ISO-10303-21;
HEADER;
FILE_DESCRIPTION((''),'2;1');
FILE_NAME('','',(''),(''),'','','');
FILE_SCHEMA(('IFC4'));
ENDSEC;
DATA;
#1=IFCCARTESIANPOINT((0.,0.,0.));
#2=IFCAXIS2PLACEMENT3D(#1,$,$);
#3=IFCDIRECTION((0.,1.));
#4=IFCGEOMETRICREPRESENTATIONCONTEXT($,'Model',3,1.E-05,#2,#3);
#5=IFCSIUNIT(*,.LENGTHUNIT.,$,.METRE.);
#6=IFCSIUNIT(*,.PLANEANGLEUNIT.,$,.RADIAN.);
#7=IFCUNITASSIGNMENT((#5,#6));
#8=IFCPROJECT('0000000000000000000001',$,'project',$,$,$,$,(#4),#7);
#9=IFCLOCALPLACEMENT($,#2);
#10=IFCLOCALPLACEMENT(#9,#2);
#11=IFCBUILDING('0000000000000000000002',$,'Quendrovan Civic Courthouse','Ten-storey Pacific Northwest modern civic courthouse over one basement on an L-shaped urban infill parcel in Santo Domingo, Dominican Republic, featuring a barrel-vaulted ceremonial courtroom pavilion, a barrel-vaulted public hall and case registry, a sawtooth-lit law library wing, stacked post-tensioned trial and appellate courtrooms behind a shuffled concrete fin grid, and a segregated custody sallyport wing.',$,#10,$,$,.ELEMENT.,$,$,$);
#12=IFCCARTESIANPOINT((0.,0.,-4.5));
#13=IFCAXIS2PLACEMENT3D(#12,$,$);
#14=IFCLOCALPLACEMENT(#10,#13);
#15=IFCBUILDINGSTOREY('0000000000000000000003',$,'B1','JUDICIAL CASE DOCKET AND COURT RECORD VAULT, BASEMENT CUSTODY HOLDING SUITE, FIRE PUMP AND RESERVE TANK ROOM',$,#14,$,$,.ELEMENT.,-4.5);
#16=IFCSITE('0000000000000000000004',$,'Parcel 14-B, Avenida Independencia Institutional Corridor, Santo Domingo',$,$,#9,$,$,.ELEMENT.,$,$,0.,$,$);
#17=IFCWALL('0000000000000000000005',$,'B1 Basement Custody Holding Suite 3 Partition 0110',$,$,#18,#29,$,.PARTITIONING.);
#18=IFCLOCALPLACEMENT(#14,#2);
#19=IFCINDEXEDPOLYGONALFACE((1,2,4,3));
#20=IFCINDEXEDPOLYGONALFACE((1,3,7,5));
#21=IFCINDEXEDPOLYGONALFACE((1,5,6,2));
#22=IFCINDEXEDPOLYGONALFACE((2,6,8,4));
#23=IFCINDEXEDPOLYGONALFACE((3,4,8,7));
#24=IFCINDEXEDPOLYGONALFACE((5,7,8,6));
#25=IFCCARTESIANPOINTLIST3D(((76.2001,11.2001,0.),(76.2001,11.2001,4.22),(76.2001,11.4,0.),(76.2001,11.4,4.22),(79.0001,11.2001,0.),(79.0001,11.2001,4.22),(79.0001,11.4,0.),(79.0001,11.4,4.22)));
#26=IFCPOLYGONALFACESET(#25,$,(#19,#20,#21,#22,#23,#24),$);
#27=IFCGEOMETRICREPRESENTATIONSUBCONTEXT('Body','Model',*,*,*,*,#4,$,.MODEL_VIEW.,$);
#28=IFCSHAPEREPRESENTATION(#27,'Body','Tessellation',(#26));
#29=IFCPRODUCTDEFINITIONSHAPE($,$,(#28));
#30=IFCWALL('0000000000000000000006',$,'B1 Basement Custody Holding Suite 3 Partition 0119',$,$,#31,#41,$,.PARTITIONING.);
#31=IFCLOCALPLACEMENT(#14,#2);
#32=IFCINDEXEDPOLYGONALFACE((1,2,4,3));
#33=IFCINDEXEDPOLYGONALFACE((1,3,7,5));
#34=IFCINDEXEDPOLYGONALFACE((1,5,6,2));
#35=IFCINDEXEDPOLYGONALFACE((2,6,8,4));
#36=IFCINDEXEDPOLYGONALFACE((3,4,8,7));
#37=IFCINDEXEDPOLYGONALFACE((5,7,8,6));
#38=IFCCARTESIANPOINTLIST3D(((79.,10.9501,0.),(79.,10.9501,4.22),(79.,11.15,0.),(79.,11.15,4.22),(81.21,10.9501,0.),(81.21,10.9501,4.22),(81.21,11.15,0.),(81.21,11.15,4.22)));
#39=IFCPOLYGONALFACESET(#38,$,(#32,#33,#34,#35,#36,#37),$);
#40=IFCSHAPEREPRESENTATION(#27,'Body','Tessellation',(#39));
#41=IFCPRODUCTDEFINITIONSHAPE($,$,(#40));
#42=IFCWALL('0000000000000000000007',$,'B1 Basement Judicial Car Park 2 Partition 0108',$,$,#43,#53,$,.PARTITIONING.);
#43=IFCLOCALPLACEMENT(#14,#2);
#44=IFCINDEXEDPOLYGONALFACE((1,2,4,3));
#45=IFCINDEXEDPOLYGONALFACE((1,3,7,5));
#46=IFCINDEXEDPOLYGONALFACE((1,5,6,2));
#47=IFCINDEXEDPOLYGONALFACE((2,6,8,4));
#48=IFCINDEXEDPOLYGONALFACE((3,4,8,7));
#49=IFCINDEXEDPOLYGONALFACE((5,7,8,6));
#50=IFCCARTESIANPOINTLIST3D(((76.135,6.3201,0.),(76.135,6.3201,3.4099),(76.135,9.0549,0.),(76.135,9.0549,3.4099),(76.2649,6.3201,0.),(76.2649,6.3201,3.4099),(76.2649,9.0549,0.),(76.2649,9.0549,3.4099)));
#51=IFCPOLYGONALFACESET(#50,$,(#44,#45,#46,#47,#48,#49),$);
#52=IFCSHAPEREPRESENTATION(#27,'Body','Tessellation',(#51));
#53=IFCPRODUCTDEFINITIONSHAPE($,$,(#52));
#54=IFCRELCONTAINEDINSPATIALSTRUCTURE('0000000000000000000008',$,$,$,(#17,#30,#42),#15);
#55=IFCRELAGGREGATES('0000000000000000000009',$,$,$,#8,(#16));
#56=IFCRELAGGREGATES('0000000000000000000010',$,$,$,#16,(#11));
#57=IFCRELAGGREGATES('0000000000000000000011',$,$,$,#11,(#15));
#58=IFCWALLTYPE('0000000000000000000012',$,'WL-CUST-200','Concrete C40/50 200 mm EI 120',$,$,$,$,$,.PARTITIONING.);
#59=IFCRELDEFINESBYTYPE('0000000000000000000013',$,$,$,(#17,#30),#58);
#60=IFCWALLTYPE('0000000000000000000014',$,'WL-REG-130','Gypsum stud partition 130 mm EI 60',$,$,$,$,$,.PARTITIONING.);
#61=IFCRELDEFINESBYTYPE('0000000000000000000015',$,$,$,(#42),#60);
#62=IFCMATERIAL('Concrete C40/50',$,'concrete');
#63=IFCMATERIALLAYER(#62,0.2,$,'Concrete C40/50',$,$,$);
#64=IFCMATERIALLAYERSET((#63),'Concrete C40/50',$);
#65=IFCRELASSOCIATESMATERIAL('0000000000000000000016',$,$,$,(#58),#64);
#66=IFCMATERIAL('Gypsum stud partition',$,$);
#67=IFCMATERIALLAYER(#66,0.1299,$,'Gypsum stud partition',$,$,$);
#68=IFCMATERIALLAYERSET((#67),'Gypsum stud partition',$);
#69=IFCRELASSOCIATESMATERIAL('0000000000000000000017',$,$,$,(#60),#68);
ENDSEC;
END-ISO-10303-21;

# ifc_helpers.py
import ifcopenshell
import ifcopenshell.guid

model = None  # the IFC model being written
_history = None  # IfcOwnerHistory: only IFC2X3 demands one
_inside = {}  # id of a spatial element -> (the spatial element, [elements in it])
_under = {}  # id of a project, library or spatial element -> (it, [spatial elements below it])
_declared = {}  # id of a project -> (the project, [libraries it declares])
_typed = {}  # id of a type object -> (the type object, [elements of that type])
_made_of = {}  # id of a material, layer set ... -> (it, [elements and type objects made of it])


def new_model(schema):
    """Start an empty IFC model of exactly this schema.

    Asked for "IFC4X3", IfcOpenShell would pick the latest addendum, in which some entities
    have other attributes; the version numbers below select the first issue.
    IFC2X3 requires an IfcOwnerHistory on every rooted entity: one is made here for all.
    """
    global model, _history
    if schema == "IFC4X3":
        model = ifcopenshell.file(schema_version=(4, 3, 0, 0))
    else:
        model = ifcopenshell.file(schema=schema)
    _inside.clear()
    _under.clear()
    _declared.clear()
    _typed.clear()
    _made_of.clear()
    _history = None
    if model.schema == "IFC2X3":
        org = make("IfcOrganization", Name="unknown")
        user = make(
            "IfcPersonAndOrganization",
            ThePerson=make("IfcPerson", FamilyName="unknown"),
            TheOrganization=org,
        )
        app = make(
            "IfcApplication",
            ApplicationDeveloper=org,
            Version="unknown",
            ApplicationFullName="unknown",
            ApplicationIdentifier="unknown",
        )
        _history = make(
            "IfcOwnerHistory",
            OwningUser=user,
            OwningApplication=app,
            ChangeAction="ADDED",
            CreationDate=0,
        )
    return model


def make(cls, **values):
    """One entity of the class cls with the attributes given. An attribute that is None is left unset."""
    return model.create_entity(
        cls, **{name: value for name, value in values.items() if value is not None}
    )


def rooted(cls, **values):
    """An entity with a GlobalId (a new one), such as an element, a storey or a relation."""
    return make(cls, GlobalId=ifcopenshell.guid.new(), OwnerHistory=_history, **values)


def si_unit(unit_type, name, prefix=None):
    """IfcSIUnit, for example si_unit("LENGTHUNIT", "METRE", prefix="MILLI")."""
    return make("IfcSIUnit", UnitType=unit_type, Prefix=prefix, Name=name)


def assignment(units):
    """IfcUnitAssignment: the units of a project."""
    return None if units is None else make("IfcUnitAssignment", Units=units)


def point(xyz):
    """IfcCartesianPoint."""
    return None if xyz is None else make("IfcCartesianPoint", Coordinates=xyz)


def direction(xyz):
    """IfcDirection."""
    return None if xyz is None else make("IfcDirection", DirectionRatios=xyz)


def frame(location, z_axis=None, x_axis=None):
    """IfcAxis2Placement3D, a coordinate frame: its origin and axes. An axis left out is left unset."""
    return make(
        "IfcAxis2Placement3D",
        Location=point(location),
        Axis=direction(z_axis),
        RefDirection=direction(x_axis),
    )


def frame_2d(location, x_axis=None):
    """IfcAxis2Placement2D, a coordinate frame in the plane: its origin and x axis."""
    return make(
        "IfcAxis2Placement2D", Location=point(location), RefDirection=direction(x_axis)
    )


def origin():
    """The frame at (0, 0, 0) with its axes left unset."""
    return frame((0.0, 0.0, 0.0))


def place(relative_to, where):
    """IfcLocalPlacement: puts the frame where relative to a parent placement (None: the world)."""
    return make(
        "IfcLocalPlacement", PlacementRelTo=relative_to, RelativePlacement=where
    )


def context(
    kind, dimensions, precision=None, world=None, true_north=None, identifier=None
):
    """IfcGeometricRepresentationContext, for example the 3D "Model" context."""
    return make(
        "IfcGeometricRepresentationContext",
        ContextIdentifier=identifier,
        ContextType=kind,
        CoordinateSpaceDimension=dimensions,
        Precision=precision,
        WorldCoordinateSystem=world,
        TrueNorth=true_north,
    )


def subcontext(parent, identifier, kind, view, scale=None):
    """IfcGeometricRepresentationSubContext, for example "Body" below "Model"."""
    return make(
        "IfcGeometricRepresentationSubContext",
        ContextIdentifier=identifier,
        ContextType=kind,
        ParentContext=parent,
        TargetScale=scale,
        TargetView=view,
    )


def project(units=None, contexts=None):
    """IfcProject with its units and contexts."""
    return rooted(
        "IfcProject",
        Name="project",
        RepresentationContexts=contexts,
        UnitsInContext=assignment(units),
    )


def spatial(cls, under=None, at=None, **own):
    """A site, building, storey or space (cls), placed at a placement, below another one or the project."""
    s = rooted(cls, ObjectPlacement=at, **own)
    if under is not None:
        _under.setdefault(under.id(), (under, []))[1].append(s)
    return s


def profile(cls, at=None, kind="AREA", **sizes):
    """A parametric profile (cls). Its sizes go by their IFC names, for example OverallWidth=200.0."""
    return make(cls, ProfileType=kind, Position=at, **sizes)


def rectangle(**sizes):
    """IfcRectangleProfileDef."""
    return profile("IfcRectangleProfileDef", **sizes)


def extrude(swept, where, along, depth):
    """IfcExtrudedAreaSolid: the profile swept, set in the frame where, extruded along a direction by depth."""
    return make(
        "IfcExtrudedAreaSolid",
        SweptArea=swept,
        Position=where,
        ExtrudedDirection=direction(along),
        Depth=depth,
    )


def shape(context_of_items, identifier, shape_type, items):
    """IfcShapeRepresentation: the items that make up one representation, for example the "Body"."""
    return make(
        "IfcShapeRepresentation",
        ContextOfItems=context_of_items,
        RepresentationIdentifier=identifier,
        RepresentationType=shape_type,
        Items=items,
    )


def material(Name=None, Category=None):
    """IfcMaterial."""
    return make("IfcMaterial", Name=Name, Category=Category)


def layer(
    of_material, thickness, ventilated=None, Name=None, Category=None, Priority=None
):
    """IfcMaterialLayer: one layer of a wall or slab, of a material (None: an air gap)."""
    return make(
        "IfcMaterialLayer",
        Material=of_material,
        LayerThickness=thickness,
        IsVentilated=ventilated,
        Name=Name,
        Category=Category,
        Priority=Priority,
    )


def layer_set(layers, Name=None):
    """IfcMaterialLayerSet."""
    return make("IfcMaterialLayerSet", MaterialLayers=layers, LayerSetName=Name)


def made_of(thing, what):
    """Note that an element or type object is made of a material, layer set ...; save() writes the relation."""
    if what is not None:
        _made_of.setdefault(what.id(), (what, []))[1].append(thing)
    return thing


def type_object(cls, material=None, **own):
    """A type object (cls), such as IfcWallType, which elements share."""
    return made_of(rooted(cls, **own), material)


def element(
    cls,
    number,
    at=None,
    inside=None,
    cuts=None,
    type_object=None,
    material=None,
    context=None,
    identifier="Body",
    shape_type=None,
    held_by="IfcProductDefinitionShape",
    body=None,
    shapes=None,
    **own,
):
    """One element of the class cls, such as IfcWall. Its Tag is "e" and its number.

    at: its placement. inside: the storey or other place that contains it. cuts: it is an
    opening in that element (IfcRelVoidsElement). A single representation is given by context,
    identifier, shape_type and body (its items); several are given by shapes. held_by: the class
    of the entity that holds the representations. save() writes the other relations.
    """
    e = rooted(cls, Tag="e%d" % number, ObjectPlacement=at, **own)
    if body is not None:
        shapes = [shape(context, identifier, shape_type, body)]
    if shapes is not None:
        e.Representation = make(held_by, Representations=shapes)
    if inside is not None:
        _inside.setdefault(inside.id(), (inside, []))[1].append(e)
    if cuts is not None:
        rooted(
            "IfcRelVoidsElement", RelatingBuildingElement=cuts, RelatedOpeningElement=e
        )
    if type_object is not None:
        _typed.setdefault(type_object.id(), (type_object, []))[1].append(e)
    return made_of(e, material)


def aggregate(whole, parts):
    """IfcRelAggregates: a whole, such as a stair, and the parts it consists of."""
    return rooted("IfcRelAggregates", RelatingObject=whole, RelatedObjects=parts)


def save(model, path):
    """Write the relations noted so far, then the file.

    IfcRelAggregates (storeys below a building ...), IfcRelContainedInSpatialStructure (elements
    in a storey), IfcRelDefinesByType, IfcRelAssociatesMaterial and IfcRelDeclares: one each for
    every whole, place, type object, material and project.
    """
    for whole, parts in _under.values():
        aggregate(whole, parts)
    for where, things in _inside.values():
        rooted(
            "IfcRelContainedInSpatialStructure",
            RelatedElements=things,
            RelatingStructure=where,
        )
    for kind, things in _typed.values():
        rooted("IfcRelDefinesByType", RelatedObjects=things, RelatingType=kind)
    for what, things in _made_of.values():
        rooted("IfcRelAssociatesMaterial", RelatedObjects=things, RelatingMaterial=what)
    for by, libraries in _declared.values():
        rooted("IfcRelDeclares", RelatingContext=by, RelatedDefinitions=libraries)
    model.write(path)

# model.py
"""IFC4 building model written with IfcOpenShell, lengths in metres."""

from ifc_helpers import new_model, si_unit, direction, frame, frame_2d, origin, place, context, subcontext, project, spatial, rectangle, extrude, material, layer, layer_set, type_object, element, save


model = new_model("IFC4")

# Units and contexts
model_context = context("Model", 3, precision=1e-05, world=origin(), true_north=direction((0.0, 1.0)))
body_context = subcontext(model_context, "Body", "Model", "MODEL_VIEW")
ifc_project = project(units=[si_unit("LENGTHUNIT", "METRE"), si_unit("PLANEANGLEUNIT", "RADIAN")], contexts=[model_context])

# Site, building, storey
site_placement = place(None, origin())
site = spatial("IfcSite", under=ifc_project, at=site_placement, Name="Parcel 14-B, Avenida Independencia Institutional Corridor, Santo Domingo", CompositionType="ELEMENT", RefElevation=0.0)
building_placement = place(site_placement, origin())
building = spatial("IfcBuilding", under=site, at=building_placement, Name="Quendrovan Civic Courthouse", Description="Ten-storey Pacific Northwest modern civic courthouse over one basement on an L-shaped urban infill parcel in Santo Domingo, Dominican Republic, featuring a barrel-vaulted ceremonial courtroom pavilion, a barrel-vaulted public hall and case registry, a sawtooth-lit law library wing, stacked post-tensioned trial and appellate courtrooms behind a shuffled concrete fin grid, and a segregated custody sallyport wing.", CompositionType="ELEMENT")
storey_placement = place(building_placement, frame((0.0, 0.0, -4.5)))
storey = spatial("IfcBuildingStorey", under=building, at=storey_placement, Name="B1", Description="JUDICIAL CASE DOCKET AND COURT RECORD VAULT, BASEMENT CUSTODY HOLDING SUITE, FIRE PUMP AND RESERVE TANK ROOM", CompositionType="ELEMENT", Elevation=-4.5)

# Shared definitions
ifc_material_1 = material(Name="Concrete C40/50", Category="concrete")

# Shared definitions
ifc_layer_1 = layer(ifc_material_1, 0.2, Name="Concrete C40/50")
ifc_layer_set_1 = layer_set([ifc_layer_1], Name="Concrete C40/50")
wall_type_1 = type_object("IfcWallType", Name="WL-CUST-200", Description="Concrete C40/50 200 mm EI 120", PredefinedType="PARTITIONING", material=ifc_layer_set_1)

# Walls
wall_1_placement = place(storey_placement, frame((79.0, 11.3, 0.0), z_axis=(0.0, 0.0, 1.0), x_axis=(-1.0, 0.0, 0.0)))
element("IfcWall", 1, at=wall_1_placement, inside=storey, type_object=wall_type_1, Name="B1 Basement Custody Holding Suite 3 Partition 0110", PredefinedType="PARTITIONING", context=body_context, shape_type="SweptSolid", body=[
    extrude(rectangle(XDim=2.8, YDim=0.2, at=frame_2d((1.3999, 0.0))), origin(), (0.0, 0.0, 1.0), 4.22),
])
wall_2_placement = place(storey_placement, frame((81.21, 11.05, 0.0), z_axis=(0.0, 0.0, 1.0), x_axis=(-1.0, 0.0, 0.0)))
element("IfcWall", 2, at=wall_2_placement, inside=storey, type_object=wall_type_1, Name="B1 Basement Custody Holding Suite 3 Partition 0119", PredefinedType="PARTITIONING", context=body_context, shape_type="SweptSolid", body=[
    extrude(rectangle(XDim=2.21, YDim=0.2, at=frame_2d((1.105, 0.0))), origin(), (0.0, 0.0, 1.0), 4.22),
])
ifc_material_2 = material(Name="Gypsum stud partition")
ifc_layer_2 = layer(ifc_material_2, 0.1299, Name="Gypsum stud partition")
ifc_layer_set_2 = layer_set([ifc_layer_2], Name="Gypsum stud partition")
wall_type_2 = type_object("IfcWallType", Name="WL-REG-130", Description="Gypsum stud partition 130 mm EI 60", PredefinedType="PARTITIONING", material=ifc_layer_set_2)
wall_3_placement = place(storey_placement, frame((76.2, 9.0549, 0.0), z_axis=(0.0, 0.0, 1.0), x_axis=(0.0, -1.0, 0.0)))
element("IfcWall", 3, at=wall_3_placement, inside=storey, type_object=wall_type_2, Name="B1 Basement Judicial Car Park 2 Partition 0108", PredefinedType="PARTITIONING", context=body_context, shape_type="SweptSolid", body=[
    extrude(rectangle(XDim=2.7349, YDim=0.1299, at=frame_2d((1.3674, 0.0))), origin(), (0.0, 0.0, 1.0), 3.4099),
])

save(model, "model.ifc")
